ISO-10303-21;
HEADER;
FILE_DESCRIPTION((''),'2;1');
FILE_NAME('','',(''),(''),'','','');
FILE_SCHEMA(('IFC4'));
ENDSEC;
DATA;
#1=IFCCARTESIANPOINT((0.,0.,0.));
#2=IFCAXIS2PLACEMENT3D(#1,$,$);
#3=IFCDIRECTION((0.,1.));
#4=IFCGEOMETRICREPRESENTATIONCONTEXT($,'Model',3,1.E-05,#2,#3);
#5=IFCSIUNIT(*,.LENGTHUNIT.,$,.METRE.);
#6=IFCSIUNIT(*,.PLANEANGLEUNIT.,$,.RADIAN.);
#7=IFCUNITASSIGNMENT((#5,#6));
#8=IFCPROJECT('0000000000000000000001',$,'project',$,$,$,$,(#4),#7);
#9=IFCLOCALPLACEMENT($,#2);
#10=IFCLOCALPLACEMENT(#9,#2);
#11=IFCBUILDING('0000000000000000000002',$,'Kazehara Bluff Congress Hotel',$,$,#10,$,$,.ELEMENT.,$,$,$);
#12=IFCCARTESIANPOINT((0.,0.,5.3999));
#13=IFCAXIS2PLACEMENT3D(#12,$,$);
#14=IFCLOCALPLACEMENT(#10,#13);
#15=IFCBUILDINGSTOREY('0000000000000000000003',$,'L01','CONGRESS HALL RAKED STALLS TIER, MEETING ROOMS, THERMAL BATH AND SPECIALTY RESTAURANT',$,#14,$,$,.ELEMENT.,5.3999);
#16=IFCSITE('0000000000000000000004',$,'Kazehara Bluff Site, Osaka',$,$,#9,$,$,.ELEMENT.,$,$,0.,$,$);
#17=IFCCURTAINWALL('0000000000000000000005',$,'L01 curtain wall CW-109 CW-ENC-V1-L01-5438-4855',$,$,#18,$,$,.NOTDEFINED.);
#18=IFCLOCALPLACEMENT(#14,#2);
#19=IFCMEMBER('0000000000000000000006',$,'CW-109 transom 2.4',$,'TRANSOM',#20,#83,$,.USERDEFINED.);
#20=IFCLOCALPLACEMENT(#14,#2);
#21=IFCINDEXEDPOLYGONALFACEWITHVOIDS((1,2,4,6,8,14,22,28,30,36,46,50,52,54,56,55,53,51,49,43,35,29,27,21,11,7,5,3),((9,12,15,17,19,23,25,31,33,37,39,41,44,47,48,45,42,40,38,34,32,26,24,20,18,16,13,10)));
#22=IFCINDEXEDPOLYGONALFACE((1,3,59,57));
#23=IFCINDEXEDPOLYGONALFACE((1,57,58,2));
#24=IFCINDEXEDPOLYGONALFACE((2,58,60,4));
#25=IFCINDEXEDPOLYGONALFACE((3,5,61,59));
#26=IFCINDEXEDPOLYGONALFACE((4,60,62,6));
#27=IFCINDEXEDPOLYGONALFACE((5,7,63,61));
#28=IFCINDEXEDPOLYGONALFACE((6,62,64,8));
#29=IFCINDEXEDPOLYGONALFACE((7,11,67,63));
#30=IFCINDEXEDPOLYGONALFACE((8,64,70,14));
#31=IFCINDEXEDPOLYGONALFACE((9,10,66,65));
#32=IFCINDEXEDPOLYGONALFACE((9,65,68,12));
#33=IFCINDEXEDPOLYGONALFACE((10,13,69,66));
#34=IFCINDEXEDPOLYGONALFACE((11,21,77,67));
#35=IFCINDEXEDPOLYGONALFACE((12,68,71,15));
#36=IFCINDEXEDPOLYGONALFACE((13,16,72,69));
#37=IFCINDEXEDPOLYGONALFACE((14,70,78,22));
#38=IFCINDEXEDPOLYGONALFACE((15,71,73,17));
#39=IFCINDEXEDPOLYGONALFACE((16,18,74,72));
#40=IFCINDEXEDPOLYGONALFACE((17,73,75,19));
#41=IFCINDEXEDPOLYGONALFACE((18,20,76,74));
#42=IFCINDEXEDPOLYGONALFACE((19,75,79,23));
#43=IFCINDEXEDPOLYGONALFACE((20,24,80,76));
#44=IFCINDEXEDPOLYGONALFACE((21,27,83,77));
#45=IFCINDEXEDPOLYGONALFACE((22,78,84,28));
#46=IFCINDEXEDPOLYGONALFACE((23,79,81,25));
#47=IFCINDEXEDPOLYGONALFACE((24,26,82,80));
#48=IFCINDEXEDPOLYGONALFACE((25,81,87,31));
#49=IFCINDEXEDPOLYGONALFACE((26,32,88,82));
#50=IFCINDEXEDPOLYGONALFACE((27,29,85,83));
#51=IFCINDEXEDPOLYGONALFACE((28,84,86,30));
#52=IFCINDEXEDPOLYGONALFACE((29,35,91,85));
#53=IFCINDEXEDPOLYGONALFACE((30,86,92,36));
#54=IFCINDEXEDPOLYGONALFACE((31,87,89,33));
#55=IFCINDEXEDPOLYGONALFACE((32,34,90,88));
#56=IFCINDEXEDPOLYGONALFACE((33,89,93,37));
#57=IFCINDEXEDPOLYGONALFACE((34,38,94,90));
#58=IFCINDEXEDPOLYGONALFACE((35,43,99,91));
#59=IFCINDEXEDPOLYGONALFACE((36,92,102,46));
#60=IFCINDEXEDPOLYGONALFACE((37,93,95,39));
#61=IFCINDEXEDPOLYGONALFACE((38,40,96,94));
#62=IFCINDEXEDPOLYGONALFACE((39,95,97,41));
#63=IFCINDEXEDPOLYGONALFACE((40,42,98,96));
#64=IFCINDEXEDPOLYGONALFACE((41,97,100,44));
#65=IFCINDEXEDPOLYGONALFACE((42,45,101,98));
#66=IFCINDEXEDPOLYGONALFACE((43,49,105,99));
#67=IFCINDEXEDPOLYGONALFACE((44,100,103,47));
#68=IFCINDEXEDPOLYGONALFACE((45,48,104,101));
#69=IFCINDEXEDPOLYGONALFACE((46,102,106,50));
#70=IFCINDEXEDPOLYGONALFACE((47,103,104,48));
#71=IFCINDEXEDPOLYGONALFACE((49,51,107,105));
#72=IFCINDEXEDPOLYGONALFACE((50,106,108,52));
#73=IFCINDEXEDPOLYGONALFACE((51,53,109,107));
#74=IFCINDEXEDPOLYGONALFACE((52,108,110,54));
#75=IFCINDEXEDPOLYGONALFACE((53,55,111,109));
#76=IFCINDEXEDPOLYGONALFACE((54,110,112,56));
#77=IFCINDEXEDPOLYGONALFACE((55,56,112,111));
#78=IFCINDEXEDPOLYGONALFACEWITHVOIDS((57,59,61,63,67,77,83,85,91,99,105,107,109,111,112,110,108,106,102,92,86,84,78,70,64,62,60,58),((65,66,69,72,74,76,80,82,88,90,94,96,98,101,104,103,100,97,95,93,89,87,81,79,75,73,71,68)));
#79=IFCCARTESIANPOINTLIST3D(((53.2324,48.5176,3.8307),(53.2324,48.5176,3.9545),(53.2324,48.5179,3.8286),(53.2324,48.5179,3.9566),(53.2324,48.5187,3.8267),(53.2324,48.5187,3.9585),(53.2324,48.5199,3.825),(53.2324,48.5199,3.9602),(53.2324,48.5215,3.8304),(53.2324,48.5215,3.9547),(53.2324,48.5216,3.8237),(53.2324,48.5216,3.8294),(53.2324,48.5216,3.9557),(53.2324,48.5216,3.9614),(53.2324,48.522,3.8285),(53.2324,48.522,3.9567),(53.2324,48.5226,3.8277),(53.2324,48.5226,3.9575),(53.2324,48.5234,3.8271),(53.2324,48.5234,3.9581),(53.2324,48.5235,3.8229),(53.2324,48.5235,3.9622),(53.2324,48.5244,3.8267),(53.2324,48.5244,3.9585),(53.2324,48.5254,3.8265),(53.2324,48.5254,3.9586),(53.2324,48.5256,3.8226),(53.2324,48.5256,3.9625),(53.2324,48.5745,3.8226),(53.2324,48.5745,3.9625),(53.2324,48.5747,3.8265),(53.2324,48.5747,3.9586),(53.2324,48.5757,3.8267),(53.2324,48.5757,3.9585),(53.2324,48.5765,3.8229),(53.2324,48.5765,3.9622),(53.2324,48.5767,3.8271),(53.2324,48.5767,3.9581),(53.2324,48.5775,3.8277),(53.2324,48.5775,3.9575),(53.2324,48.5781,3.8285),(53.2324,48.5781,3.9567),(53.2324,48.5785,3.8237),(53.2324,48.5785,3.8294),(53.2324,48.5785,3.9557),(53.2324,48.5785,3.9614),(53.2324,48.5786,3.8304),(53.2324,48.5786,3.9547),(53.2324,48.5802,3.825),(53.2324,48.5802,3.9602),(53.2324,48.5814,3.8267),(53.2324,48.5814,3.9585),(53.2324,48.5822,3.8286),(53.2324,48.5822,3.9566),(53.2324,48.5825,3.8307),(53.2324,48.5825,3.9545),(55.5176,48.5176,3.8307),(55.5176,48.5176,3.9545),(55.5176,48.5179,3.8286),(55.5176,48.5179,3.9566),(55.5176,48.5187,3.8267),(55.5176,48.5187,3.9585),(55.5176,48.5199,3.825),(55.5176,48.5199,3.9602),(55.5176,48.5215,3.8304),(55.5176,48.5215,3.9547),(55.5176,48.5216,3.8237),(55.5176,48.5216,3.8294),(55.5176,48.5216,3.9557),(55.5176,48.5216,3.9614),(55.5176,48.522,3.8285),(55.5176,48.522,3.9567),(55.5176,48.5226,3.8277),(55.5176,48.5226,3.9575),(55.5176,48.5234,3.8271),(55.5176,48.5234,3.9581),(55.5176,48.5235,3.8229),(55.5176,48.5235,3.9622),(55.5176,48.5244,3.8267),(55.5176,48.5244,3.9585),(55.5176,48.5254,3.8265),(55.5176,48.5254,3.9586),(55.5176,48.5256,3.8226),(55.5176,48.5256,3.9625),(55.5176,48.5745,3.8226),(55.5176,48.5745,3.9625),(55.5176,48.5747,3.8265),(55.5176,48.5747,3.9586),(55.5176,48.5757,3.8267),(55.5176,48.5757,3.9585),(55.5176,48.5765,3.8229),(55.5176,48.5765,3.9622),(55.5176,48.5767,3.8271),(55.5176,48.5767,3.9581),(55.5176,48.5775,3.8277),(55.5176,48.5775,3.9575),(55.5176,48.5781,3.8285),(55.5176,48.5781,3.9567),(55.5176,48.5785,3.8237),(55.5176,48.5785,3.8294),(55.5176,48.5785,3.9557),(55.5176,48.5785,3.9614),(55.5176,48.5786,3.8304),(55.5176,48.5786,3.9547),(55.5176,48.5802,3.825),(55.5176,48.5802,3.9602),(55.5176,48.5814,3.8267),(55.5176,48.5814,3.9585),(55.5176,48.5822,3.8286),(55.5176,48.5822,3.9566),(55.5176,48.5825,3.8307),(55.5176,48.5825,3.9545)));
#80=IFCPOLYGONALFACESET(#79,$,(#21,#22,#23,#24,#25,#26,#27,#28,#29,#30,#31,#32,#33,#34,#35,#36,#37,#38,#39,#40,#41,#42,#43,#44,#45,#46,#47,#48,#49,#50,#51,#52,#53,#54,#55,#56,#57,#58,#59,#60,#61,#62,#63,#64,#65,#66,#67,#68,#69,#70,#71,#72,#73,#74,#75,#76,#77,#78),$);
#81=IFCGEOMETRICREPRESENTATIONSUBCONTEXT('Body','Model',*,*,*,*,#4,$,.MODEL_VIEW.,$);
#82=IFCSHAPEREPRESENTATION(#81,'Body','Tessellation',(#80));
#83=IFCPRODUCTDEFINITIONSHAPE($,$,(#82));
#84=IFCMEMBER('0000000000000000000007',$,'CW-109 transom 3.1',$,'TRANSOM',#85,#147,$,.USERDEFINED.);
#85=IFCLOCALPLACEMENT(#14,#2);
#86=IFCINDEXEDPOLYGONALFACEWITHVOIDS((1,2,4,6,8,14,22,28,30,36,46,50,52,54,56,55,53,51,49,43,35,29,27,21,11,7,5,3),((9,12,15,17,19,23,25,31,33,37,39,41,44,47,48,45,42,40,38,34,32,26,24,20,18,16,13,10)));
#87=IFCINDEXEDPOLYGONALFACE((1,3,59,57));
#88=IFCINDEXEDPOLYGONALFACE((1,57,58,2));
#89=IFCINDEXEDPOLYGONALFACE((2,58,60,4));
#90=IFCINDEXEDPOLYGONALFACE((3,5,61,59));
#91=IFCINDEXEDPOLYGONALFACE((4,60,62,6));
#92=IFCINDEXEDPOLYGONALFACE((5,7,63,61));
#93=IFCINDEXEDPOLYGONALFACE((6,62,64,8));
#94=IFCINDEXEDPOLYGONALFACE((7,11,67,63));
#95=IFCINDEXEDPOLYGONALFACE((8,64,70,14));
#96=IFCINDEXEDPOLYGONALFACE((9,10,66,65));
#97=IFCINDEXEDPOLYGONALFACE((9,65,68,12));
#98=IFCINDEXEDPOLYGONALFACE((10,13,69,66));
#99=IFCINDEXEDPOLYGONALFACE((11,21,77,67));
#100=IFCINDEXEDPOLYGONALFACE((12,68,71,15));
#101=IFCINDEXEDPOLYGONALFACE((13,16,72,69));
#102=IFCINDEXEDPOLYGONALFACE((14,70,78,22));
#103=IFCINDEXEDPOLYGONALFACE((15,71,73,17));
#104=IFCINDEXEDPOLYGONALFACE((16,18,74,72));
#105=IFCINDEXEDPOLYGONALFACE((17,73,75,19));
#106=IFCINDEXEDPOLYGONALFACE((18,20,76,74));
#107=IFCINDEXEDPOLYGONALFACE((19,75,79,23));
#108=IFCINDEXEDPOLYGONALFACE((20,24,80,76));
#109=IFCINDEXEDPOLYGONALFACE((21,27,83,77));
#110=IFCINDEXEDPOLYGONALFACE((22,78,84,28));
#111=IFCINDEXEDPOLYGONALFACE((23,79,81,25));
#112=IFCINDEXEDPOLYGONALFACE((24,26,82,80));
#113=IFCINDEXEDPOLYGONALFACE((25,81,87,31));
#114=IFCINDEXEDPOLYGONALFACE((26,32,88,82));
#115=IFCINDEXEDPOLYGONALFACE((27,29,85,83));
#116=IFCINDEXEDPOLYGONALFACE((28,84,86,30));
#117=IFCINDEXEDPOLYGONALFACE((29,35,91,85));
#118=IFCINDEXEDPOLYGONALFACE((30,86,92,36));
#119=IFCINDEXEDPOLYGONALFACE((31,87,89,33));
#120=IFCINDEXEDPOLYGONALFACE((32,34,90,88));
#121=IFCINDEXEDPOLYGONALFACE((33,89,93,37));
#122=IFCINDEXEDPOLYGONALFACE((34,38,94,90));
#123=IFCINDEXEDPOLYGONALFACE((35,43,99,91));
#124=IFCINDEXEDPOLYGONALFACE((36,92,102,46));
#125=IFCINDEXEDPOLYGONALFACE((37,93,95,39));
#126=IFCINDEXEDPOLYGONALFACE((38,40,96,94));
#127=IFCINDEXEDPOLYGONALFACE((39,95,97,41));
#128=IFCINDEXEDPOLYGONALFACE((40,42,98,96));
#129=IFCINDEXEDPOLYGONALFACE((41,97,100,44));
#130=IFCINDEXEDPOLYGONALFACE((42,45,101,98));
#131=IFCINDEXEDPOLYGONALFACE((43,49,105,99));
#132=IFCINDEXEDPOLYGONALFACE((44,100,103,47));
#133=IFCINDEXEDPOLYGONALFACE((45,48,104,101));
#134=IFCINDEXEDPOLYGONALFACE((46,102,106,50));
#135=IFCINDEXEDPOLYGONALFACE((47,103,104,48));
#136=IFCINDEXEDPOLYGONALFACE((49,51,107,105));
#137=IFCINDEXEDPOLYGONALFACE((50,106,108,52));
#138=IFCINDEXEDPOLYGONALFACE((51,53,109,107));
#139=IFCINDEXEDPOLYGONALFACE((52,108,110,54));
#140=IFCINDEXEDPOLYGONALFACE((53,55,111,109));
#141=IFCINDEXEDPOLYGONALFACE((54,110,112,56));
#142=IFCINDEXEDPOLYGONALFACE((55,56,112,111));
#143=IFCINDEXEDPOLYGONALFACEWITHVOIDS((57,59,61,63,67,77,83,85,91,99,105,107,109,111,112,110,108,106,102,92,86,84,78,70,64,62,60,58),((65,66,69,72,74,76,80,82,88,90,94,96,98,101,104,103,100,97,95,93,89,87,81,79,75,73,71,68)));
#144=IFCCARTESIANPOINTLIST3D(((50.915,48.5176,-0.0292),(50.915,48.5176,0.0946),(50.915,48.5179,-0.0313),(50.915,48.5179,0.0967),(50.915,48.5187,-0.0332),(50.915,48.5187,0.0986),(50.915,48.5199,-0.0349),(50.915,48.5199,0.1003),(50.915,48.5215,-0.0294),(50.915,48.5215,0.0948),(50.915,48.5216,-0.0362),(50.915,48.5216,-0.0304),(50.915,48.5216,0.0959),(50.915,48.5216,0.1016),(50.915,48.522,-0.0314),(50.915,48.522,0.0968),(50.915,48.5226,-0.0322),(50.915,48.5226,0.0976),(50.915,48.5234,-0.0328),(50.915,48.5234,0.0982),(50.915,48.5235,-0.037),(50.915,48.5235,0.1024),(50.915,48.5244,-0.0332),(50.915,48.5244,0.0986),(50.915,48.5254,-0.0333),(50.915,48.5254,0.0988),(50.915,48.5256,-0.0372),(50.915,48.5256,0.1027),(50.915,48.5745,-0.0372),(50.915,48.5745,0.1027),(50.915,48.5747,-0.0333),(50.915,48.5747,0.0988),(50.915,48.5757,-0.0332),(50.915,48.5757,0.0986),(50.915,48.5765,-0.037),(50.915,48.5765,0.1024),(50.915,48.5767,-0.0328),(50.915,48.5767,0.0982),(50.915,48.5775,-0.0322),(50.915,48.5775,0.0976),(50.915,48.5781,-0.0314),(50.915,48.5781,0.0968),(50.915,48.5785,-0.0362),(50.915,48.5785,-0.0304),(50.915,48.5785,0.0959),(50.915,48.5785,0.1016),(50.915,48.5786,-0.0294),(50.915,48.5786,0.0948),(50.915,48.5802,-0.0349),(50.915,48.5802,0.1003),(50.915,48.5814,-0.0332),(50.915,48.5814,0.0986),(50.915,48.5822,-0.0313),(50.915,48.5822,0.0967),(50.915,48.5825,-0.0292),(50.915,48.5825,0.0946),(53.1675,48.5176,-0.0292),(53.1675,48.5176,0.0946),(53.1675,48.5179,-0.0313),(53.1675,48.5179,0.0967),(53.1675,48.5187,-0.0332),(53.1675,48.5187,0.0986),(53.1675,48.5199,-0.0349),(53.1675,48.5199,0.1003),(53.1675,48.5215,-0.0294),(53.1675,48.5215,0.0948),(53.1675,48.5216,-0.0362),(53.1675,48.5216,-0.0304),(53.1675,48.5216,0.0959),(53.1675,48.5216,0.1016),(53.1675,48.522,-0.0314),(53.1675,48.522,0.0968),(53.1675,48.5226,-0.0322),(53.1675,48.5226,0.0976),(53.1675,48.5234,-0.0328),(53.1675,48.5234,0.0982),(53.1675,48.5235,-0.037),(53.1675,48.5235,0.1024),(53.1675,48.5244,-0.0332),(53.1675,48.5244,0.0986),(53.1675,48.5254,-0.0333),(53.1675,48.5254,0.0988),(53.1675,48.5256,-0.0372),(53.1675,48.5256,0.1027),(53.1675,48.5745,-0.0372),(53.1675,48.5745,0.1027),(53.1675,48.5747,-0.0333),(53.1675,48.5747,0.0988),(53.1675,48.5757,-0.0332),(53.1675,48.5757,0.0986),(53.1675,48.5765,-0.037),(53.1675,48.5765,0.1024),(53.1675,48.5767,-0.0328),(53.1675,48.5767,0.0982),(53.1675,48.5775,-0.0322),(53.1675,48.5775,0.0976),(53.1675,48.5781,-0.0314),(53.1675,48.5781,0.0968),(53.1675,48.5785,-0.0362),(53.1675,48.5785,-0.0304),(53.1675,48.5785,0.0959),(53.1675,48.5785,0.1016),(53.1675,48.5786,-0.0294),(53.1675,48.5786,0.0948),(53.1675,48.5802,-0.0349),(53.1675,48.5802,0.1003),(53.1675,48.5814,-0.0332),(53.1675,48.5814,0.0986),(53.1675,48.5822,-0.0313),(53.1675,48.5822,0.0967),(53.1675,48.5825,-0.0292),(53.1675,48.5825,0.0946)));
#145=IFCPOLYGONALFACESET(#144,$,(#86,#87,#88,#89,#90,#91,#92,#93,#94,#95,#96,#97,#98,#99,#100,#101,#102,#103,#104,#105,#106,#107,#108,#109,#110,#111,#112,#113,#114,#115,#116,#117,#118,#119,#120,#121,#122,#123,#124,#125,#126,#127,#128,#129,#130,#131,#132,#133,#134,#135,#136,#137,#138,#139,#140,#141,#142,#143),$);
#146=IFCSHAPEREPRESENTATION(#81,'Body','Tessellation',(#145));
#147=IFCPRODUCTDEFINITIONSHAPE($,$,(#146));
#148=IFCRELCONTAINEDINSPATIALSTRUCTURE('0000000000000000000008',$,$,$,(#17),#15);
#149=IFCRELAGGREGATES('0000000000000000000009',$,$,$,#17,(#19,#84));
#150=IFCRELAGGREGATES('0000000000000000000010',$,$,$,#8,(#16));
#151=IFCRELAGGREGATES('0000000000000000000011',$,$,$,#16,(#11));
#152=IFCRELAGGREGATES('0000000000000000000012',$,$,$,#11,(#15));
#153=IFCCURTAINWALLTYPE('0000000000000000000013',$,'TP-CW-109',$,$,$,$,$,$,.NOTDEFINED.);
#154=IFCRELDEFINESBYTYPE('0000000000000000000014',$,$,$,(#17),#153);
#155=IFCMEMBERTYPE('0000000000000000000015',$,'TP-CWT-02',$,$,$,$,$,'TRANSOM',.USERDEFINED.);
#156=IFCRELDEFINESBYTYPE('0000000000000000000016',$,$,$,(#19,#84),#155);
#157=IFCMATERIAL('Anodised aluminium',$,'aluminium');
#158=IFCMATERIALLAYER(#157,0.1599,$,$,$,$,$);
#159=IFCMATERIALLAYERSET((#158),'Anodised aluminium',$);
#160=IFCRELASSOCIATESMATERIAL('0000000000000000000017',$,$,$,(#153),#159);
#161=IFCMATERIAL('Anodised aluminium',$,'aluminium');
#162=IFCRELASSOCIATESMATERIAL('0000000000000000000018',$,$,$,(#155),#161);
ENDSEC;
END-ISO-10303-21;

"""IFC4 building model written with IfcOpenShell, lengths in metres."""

from ifc_helpers import new_model, si_unit, direction, frame, origin, origin_2d, place, context, subcontext, project, spatial, hollow_rectangle, extrude, material, layer, layer_set, material_profile, profile_set, type_object, element, aggregate, save


model = new_model("IFC4")

# Units and contexts
model_context = context("Model", 3, precision=1e-05, world=origin(), true_north=direction((0.0, 1.0)))
body_context = subcontext(model_context, "Body", "Model", "MODEL_VIEW")
ifc_project = project(units=[si_unit("LENGTHUNIT", "METRE"), si_unit("PLANEANGLEUNIT", "RADIAN")], contexts=[model_context])

# Site, building, storey
site_placement = place(None, origin())
site = spatial("IfcSite", under=ifc_project, at=site_placement, Name="Kazehara Bluff Site, Osaka", CompositionType="ELEMENT", RefElevation=0.0)
building_placement = place(site_placement, origin())
building = spatial("IfcBuilding", under=site, at=building_placement, Name="Kazehara Bluff Congress Hotel", CompositionType="ELEMENT")
storey_placement = place(building_placement, frame((0.0, 0.0, 5.3999)))
storey = spatial("IfcBuildingStorey", under=building, at=storey_placement, Name="L01", Description="CONGRESS HALL RAKED STALLS TIER, MEETING ROOMS, THERMAL BATH AND SPECIALTY RESTAURANT", CompositionType="ELEMENT", Elevation=5.3999)

# Curtain wall, members
ifc_material_1 = material(Name="Anodised aluminium", Category="aluminium")
ifc_layer_1 = layer(ifc_material_1, 0.1599)
ifc_layer_set_1 = layer_set([ifc_layer_1], Name="Anodised aluminium")
curtain_wall_type_1 = type_object("IfcCurtainWallType", Name="TP-CW-109", PredefinedType="NOTDEFINED", material=ifc_layer_set_1)
curtain_wall_1_placement = place(storey_placement, origin())
curtain_wall_1 = element("IfcCurtainWall", 1, at=curtain_wall_1_placement, inside=storey, type_object=curtain_wall_type_1, Name="L01 curtain wall CW-109 CW-ENC-V1-L01-5438-4855", PredefinedType="NOTDEFINED")
ifc_material_2 = material(Name="Anodised aluminium", Category="aluminium")
ifc_material_profile_1 = material_profile(ifc_material_2, hollow_rectangle(XDim=0.0649, YDim=0.1399, WallThickness=0.0039, InnerFilletRadius=0.0039, OuterFilletRadius=0.0081, at=origin_2d()))
ifc_profile_set_1 = profile_set([ifc_material_profile_1], Name="Anodised aluminium")
member_type_1 = type_object("IfcMemberType", Name="TP-CWT-02", ElementType="TRANSOM", PredefinedType="USERDEFINED", material=ifc_profile_set_1)
member_1_placement = place(storey_placement, frame((55.5176, 48.55, 3.8926), z_axis=(-1.0, 0.0, 0.0), x_axis=(0.0, -1.0, 0.0)))
member_1 = element("IfcMember", 2, at=member_1_placement, type_object=member_type_1, Name="CW-109 transom 2.4", ObjectType="TRANSOM", PredefinedType="USERDEFINED", context=body_context, shape_type="SweptSolid", body=[
    extrude(hollow_rectangle(XDim=0.0649, YDim=0.1399, WallThickness=0.0039, InnerFilletRadius=0.0039, OuterFilletRadius=0.0081, at=origin_2d()), origin(), (0.0, 0.0, 1.0), 2.2852),
])
member_2_placement = place(storey_placement, frame((53.1675, 48.55, 0.0327), z_axis=(-1.0, 0.0, 0.0), x_axis=(0.0, -1.0, 0.0)))
member_2 = element("IfcMember", 3, at=member_2_placement, type_object=member_type_1, Name="CW-109 transom 3.1", ObjectType="TRANSOM", PredefinedType="USERDEFINED", context=body_context, shape_type="SweptSolid", body=[
    extrude(hollow_rectangle(XDim=0.0649, YDim=0.1399, WallThickness=0.0039, InnerFilletRadius=0.0039, OuterFilletRadius=0.0081, at=origin_2d()), origin(), (0.0, 0.0, 1.0), 2.2524),
])

aggregate(curtain_wall_1, [member_1, member_2])

save(model, "model.ifc")
